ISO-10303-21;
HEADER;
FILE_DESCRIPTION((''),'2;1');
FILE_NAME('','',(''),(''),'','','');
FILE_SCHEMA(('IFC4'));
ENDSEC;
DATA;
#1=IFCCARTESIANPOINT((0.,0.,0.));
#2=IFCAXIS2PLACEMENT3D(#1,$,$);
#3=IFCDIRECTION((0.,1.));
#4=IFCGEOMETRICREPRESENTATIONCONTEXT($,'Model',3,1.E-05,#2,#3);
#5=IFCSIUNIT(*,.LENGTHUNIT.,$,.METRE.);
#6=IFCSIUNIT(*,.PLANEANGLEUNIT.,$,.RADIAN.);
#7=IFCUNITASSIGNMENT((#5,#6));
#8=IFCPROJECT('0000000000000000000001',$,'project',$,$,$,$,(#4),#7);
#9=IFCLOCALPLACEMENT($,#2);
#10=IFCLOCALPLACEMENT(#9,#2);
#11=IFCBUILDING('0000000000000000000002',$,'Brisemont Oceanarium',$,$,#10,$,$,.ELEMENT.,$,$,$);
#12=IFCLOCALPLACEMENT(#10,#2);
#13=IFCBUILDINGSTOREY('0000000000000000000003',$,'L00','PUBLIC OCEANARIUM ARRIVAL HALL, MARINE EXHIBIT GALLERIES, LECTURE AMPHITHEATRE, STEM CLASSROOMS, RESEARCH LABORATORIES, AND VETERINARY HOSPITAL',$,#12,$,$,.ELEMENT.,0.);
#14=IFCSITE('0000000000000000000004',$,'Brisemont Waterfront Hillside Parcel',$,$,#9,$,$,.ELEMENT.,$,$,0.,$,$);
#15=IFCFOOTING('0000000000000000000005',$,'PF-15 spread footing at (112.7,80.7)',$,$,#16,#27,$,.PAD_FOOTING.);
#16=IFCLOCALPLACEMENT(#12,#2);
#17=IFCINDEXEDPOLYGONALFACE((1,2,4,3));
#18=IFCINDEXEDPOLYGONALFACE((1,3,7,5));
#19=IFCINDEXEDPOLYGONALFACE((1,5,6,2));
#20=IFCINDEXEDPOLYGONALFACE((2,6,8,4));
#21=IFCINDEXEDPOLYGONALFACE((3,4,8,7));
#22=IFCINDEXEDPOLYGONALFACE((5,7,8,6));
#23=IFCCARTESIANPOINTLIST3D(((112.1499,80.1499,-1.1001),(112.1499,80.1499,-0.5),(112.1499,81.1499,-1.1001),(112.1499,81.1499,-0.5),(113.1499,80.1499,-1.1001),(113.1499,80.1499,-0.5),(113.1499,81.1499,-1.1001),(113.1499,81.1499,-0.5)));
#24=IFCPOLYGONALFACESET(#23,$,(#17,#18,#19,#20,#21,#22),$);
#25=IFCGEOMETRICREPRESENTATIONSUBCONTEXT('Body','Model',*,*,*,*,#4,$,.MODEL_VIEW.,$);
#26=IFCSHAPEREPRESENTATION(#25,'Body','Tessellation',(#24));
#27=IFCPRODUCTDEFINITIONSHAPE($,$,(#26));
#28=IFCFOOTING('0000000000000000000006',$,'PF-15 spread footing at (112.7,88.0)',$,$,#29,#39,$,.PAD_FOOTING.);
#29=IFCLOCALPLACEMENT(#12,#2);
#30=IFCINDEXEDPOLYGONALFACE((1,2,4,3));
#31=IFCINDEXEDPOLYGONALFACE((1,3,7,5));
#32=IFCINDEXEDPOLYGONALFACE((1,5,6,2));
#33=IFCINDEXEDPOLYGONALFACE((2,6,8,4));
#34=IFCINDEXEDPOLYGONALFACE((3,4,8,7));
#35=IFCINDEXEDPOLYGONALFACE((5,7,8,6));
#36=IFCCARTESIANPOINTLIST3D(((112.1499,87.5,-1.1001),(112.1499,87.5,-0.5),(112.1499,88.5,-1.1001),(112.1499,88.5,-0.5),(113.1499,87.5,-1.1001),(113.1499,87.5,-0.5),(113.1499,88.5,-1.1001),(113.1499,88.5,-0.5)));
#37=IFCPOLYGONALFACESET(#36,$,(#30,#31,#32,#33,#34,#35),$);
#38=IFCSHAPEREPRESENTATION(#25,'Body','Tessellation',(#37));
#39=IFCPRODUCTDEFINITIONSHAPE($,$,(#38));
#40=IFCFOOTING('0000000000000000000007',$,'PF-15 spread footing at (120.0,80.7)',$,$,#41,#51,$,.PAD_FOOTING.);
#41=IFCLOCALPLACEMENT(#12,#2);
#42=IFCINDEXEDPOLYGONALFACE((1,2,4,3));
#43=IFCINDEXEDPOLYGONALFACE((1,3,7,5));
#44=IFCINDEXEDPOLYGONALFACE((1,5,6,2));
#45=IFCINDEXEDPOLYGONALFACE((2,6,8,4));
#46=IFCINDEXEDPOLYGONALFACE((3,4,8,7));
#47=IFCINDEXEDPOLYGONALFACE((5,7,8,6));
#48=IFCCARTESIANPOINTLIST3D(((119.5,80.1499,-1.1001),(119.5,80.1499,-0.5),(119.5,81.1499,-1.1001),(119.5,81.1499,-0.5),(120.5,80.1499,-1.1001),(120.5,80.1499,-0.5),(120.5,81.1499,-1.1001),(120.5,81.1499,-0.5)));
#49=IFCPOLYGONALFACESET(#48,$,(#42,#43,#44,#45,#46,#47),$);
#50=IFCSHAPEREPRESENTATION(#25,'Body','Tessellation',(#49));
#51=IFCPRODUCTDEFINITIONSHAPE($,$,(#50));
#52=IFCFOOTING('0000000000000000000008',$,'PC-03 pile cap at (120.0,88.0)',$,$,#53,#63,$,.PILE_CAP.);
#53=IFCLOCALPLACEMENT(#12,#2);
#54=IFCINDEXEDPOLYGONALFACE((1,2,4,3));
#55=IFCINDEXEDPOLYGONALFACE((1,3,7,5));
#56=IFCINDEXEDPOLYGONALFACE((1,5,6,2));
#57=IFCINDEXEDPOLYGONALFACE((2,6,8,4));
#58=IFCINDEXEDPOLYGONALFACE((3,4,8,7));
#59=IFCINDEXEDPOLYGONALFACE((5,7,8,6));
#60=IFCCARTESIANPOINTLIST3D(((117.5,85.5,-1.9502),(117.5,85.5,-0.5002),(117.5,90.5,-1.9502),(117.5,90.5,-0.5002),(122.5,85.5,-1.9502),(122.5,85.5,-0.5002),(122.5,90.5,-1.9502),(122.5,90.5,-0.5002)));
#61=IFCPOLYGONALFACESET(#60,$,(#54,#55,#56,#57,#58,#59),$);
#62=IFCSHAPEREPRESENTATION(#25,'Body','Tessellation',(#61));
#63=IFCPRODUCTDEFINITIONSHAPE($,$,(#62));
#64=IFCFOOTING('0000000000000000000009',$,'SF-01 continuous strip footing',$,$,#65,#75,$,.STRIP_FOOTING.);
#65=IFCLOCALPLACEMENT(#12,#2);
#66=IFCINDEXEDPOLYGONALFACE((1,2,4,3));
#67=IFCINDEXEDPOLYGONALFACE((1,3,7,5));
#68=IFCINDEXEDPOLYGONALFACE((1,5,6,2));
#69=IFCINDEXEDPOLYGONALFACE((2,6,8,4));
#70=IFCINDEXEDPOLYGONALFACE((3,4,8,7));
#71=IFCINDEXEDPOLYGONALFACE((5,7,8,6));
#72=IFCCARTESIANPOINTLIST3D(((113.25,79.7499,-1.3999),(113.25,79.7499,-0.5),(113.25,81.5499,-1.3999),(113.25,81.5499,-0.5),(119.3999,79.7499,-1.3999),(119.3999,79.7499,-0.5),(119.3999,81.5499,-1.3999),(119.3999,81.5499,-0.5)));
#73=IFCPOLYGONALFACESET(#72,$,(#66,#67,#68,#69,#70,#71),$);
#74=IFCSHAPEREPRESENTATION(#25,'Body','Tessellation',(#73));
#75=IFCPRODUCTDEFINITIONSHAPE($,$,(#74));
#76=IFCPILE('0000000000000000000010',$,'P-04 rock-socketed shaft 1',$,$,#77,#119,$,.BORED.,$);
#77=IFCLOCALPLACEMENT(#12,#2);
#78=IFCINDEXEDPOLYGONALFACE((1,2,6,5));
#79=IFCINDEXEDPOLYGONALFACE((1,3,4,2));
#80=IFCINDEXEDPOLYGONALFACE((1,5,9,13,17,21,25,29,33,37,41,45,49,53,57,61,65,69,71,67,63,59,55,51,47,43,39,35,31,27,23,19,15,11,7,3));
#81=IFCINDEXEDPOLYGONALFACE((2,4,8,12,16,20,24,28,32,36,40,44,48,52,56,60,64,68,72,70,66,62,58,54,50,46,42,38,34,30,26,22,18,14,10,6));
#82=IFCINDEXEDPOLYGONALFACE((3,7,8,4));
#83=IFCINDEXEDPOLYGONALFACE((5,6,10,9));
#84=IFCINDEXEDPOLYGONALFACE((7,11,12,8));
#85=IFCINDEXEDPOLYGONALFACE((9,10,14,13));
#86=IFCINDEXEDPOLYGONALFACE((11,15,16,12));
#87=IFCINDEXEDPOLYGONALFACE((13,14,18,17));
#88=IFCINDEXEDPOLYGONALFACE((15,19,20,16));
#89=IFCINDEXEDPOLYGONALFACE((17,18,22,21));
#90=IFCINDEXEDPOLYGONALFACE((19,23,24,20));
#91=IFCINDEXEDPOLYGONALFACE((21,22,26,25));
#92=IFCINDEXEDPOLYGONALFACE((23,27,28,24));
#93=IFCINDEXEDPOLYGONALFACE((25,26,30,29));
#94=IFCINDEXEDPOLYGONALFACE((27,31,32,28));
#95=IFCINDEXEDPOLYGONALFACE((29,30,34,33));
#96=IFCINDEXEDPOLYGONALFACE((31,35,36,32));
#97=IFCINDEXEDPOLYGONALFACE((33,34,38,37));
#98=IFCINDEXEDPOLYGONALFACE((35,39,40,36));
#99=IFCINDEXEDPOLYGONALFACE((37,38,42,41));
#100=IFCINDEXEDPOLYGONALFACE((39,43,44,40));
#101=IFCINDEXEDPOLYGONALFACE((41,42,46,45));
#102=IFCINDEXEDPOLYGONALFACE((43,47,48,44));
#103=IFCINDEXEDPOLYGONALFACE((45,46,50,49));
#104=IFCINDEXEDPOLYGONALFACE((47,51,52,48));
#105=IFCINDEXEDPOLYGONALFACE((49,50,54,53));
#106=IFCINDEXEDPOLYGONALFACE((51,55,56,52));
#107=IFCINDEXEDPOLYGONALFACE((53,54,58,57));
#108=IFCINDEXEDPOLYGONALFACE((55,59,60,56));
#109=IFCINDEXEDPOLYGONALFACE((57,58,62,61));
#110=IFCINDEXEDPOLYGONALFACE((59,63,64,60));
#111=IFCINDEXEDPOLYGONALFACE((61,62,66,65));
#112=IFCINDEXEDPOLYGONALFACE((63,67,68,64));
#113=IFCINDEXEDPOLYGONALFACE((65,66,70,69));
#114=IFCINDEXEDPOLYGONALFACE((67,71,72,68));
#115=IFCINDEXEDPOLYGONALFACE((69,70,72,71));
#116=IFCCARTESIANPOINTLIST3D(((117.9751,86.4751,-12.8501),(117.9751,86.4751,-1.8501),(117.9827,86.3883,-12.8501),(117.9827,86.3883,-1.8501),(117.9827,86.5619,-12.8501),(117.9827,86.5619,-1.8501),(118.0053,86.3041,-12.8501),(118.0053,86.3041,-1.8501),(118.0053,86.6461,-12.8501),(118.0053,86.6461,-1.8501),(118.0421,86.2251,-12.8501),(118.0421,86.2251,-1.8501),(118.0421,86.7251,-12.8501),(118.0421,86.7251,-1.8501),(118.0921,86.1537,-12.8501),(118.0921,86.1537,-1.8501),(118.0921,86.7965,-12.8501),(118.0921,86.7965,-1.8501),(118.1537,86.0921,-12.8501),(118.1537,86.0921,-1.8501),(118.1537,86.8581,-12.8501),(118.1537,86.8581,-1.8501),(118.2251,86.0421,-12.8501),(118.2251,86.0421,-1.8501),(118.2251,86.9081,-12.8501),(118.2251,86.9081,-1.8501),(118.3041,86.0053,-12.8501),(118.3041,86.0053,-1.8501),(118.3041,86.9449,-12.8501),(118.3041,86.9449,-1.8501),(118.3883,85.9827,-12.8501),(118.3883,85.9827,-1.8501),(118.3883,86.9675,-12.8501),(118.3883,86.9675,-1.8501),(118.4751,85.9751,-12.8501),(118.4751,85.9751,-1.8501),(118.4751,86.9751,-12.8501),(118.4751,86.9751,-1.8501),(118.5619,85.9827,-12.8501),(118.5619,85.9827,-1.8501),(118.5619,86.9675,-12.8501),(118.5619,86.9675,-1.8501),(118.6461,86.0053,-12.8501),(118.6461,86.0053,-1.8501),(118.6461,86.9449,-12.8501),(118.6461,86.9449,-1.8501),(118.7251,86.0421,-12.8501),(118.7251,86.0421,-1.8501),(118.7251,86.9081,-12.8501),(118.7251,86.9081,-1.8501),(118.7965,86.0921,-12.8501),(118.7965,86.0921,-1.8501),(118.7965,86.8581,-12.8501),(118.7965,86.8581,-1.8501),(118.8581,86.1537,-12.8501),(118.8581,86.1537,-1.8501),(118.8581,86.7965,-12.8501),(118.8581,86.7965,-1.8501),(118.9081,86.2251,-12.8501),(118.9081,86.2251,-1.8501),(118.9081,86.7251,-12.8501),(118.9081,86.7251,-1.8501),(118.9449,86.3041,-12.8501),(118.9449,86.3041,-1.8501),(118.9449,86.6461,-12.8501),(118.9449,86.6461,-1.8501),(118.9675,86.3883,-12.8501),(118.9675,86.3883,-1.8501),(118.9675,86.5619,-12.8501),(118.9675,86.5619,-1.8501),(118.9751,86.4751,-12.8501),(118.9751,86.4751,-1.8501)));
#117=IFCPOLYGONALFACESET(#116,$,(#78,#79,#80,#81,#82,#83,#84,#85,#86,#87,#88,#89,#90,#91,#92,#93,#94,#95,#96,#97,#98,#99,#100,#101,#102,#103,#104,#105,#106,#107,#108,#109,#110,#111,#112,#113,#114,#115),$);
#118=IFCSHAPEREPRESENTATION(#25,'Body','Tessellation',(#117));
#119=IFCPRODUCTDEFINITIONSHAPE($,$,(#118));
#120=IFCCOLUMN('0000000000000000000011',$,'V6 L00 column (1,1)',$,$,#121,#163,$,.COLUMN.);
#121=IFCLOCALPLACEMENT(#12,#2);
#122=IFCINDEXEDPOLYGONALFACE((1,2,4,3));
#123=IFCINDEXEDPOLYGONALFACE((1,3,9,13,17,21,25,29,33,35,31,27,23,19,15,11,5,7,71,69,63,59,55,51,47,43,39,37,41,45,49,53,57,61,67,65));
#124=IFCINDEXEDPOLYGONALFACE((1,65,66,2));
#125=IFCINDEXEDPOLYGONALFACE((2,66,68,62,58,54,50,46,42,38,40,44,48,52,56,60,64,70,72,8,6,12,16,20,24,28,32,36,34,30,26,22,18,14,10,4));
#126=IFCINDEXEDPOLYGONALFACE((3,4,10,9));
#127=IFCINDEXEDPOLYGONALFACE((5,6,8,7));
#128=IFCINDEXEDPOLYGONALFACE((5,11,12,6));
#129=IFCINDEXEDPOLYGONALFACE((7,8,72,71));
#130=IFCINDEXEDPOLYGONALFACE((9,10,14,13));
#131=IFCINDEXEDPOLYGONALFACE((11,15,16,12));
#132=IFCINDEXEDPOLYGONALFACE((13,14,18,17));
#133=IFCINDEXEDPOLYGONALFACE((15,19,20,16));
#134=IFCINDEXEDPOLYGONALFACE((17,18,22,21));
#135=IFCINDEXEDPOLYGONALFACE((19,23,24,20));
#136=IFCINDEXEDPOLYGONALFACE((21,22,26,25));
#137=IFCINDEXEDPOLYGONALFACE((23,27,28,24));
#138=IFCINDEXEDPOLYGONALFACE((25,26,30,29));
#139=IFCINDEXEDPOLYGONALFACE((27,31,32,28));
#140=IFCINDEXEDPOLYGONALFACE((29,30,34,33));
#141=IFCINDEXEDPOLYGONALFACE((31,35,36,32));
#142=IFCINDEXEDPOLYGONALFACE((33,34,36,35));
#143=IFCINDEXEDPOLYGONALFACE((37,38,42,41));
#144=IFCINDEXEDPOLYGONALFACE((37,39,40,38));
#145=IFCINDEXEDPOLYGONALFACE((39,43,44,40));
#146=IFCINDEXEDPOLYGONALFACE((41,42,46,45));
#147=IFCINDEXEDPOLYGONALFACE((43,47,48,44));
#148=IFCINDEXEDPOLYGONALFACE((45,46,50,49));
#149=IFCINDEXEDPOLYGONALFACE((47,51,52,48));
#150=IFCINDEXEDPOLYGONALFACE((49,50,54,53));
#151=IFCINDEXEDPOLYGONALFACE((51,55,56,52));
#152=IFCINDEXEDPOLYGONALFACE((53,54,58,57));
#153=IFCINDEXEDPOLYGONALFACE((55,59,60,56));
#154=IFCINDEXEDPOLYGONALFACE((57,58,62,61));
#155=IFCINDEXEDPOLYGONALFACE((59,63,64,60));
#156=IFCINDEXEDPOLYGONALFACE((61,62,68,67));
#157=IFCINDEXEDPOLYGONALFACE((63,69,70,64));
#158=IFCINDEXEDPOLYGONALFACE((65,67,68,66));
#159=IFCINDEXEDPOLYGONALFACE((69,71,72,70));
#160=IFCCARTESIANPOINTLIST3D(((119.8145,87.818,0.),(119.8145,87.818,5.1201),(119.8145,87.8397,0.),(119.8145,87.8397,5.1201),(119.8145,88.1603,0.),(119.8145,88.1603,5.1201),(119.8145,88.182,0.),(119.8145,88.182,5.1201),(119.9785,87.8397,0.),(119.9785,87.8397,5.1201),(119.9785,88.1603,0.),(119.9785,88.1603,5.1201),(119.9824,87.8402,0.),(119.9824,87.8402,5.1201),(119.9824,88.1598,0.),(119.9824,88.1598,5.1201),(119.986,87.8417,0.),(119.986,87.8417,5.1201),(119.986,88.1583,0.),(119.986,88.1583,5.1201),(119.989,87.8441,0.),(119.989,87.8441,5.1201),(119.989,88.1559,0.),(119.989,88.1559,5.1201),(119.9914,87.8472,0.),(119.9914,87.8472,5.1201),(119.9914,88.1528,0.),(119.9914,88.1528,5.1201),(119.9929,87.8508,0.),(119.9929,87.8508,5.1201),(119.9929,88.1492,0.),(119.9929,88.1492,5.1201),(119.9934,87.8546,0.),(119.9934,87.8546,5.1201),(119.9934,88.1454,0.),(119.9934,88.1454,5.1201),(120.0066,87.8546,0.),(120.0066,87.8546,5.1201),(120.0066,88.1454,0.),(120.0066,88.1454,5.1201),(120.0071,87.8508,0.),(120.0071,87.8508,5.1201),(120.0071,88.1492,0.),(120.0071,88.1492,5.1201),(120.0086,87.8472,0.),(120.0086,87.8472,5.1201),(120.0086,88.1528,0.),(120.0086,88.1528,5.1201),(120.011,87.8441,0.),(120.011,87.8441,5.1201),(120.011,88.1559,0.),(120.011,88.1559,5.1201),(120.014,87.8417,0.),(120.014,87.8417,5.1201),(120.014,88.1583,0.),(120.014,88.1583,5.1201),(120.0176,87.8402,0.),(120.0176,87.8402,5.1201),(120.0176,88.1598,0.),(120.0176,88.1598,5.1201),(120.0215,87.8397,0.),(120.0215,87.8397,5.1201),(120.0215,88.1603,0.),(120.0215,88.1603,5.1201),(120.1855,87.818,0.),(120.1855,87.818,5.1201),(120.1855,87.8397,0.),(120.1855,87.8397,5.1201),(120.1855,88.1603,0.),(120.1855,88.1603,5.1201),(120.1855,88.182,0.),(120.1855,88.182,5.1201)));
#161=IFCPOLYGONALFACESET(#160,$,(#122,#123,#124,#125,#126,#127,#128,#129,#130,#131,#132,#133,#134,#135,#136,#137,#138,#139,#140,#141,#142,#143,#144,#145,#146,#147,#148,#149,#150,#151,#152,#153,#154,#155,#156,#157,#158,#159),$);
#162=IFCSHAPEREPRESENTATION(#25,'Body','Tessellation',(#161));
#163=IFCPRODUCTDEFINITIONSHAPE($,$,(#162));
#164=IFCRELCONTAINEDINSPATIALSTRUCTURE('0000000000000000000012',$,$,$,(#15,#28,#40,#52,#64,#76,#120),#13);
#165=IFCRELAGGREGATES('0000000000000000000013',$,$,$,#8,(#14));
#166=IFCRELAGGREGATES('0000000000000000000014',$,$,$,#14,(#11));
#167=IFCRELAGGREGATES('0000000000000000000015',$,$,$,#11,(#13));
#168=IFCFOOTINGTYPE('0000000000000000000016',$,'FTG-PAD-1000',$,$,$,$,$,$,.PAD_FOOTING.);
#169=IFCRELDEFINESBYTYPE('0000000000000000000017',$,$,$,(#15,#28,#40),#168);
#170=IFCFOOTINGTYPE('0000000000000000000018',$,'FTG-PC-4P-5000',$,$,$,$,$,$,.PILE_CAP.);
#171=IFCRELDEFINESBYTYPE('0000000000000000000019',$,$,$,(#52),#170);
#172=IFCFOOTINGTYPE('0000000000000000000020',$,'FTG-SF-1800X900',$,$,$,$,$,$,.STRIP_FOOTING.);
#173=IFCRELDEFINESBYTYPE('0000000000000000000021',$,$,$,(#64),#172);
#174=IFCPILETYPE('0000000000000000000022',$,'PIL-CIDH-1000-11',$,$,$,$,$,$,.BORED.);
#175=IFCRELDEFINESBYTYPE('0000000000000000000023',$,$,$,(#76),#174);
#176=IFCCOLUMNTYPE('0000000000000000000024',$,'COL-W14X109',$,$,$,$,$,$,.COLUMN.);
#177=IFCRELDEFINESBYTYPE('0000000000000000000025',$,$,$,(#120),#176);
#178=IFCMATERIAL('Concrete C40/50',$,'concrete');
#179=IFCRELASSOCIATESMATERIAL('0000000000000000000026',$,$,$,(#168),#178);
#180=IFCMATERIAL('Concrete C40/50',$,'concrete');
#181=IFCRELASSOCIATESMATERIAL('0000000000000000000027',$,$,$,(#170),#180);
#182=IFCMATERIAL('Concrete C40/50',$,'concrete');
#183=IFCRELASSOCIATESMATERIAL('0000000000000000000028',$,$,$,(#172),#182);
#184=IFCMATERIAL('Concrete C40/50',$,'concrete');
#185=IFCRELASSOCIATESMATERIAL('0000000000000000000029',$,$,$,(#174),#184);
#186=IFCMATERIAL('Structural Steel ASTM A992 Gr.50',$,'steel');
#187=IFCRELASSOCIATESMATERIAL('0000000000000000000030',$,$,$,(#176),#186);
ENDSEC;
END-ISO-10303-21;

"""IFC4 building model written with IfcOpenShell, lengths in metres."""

from ifc_helpers import new_model, si_unit, direction, frame, origin, origin_2d, place, context, subcontext, project, spatial, rectangle, circle, i_section, extrude, material, material_profile, profile_set, type_object, element, save


model = new_model("IFC4")

# Units and contexts
model_context = context("Model", 3, precision=1e-05, world=origin(), true_north=direction((0.0, 1.0)))
body_context = subcontext(model_context, "Body", "Model", "MODEL_VIEW")
ifc_project = project(units=[si_unit("LENGTHUNIT", "METRE"), si_unit("PLANEANGLEUNIT", "RADIAN")], contexts=[model_context])

# Site, building, storey
site_placement = place(None, origin())
site = spatial("IfcSite", under=ifc_project, at=site_placement, Name="Brisemont Waterfront Hillside Parcel", CompositionType="ELEMENT", RefElevation=0.0)
building_placement = place(site_placement, origin())
building = spatial("IfcBuilding", under=site, at=building_placement, Name="Brisemont Oceanarium", CompositionType="ELEMENT")
storey_placement = place(building_placement, origin())
storey = spatial("IfcBuildingStorey", under=building, at=storey_placement, Name="L00", Description="PUBLIC OCEANARIUM ARRIVAL HALL, MARINE EXHIBIT GALLERIES, LECTURE AMPHITHEATRE, STEM CLASSROOMS, RESEARCH LABORATORIES, AND VETERINARY HOSPITAL", CompositionType="ELEMENT", Elevation=0.0)

# Footings
ifc_material_1 = material(Name="Concrete C40/50", Category="concrete")
footing_type_1 = type_object("IfcFootingType", Name="FTG-PAD-1000", PredefinedType="PAD_FOOTING", material=ifc_material_1)
for number, where, z_axis, x_axis, name in (
    (1, (112.6499, 80.6499, -1.1001), (0.0, 0.0, 1.0), (1.0, 0.0, 0.0), "PF-15 spread footing at (112.7,80.7)"),
    (2, (112.6499, 88.0, -1.1001), (0.0, 0.0, 1.0), (1.0, 0.0, 0.0), "PF-15 spread footing at (112.7,88.0)"),
    (3, (120.0, 80.6499, -1.1001), (0.0, 0.0, 1.0), (1.0, 0.0, 0.0), "PF-15 spread footing at (120.0,80.7)"),
):
    element("IfcFooting", number, at=place(storey_placement, frame(where, z_axis=z_axis, x_axis=x_axis)), inside=storey, type_object=footing_type_1, Name=name, PredefinedType="PAD_FOOTING", context=body_context, shape_type="SweptSolid", body=[
        extrude(rectangle(XDim=1.0, YDim=1.0, at=origin_2d()), origin(), (0.0, 0.0, 1.0), 0.6001),
    ])
ifc_material_2 = material(Name="Concrete C40/50", Category="concrete")
footing_type_2 = type_object("IfcFootingType", Name="FTG-PC-4P-5000", PredefinedType="PILE_CAP", material=ifc_material_2)
footing_1_placement = place(storey_placement, frame((120.0, 88.0, -1.9502), z_axis=(0.0, 0.0, 1.0), x_axis=(1.0, 0.0, 0.0)))
element("IfcFooting", 4, at=footing_1_placement, inside=storey, type_object=footing_type_2, Name="PC-03 pile cap at (120.0,88.0)", PredefinedType="PILE_CAP", context=body_context, shape_type="SweptSolid", body=[
    extrude(rectangle(XDim=5.0, YDim=5.0, at=origin_2d()), origin(), (0.0, 0.0, 1.0), 1.45),
])
ifc_material_3 = material(Name="Concrete C40/50", Category="concrete")
footing_type_3 = type_object("IfcFootingType", Name="FTG-SF-1800X900", PredefinedType="STRIP_FOOTING", material=ifc_material_3)
footing_2_placement = place(storey_placement, frame((116.325, 80.6499, -1.3999), z_axis=(0.0, 0.0, 1.0), x_axis=(1.0, 0.0, 0.0)))
element("IfcFooting", 5, at=footing_2_placement, inside=storey, type_object=footing_type_3, Name="SF-01 continuous strip footing", PredefinedType="STRIP_FOOTING", context=body_context, shape_type="SweptSolid", body=[
    extrude(rectangle(XDim=6.1499, YDim=1.8, at=origin_2d()), origin(), (0.0, 0.0, 1.0), 0.8999),
])

# Pile
ifc_material_4 = material(Name="Concrete C40/50", Category="concrete")
ifc_material_profile_1 = material_profile(ifc_material_4, circle(Radius=0.5, at=origin_2d()), Name="CIDH-D1000")
ifc_profile_set_1 = profile_set([ifc_material_profile_1], Name="Concrete C40/50")
pile_type = type_object("IfcPileType", Name="PIL-CIDH-1000-11", PredefinedType="BORED", material=ifc_profile_set_1)
pile_placement = place(storey_placement, frame((118.4751, 86.4751, -1.8501), z_axis=(0.0, 0.0, -1.0), x_axis=(1.0, 0.0, 0.0)))
element("IfcPile", 6, at=pile_placement, inside=storey, type_object=pile_type, Name="P-04 rock-socketed shaft 1", PredefinedType="BORED", context=body_context, shape_type="SweptSolid", body=[
    extrude(circle(Radius=0.5, at=origin_2d()), origin(), (0.0, 0.0, 1.0), 11.0),
])

# Column
ifc_material_5 = material(Name="Structural Steel ASTM A992 Gr.50", Category="steel")
ifc_material_profile_2 = material_profile(ifc_material_5, i_section(OverallWidth=0.3711, OverallDepth=0.364, WebThickness=0.0132, FlangeThickness=0.0217, FilletRadius=0.0149, at=origin_2d()), Name="W14X109")
ifc_profile_set_2 = profile_set([ifc_material_profile_2], Name="Structural Steel ASTM A992 Gr.50")
column_type_1 = type_object("IfcColumnType", Name="COL-W14X109", PredefinedType="COLUMN", material=ifc_profile_set_2)
column_1_placement = place(storey_placement, frame((120.0, 88.0, 0.0), z_axis=(0.0, 0.0, 1.0), x_axis=(1.0, 0.0, 0.0)))
element("IfcColumn", 7, at=column_1_placement, inside=storey, type_object=column_type_1, Name="V6 L00 column (1,1)", PredefinedType="COLUMN", context=body_context, shape_type="SweptSolid", body=[
    extrude(i_section(OverallWidth=0.3711, OverallDepth=0.364, WebThickness=0.0132, FlangeThickness=0.0217, FilletRadius=0.0149, at=origin_2d()), origin(), (0.0, 0.0, 1.0), 5.1201),
])

save(model, "model.ifc")
